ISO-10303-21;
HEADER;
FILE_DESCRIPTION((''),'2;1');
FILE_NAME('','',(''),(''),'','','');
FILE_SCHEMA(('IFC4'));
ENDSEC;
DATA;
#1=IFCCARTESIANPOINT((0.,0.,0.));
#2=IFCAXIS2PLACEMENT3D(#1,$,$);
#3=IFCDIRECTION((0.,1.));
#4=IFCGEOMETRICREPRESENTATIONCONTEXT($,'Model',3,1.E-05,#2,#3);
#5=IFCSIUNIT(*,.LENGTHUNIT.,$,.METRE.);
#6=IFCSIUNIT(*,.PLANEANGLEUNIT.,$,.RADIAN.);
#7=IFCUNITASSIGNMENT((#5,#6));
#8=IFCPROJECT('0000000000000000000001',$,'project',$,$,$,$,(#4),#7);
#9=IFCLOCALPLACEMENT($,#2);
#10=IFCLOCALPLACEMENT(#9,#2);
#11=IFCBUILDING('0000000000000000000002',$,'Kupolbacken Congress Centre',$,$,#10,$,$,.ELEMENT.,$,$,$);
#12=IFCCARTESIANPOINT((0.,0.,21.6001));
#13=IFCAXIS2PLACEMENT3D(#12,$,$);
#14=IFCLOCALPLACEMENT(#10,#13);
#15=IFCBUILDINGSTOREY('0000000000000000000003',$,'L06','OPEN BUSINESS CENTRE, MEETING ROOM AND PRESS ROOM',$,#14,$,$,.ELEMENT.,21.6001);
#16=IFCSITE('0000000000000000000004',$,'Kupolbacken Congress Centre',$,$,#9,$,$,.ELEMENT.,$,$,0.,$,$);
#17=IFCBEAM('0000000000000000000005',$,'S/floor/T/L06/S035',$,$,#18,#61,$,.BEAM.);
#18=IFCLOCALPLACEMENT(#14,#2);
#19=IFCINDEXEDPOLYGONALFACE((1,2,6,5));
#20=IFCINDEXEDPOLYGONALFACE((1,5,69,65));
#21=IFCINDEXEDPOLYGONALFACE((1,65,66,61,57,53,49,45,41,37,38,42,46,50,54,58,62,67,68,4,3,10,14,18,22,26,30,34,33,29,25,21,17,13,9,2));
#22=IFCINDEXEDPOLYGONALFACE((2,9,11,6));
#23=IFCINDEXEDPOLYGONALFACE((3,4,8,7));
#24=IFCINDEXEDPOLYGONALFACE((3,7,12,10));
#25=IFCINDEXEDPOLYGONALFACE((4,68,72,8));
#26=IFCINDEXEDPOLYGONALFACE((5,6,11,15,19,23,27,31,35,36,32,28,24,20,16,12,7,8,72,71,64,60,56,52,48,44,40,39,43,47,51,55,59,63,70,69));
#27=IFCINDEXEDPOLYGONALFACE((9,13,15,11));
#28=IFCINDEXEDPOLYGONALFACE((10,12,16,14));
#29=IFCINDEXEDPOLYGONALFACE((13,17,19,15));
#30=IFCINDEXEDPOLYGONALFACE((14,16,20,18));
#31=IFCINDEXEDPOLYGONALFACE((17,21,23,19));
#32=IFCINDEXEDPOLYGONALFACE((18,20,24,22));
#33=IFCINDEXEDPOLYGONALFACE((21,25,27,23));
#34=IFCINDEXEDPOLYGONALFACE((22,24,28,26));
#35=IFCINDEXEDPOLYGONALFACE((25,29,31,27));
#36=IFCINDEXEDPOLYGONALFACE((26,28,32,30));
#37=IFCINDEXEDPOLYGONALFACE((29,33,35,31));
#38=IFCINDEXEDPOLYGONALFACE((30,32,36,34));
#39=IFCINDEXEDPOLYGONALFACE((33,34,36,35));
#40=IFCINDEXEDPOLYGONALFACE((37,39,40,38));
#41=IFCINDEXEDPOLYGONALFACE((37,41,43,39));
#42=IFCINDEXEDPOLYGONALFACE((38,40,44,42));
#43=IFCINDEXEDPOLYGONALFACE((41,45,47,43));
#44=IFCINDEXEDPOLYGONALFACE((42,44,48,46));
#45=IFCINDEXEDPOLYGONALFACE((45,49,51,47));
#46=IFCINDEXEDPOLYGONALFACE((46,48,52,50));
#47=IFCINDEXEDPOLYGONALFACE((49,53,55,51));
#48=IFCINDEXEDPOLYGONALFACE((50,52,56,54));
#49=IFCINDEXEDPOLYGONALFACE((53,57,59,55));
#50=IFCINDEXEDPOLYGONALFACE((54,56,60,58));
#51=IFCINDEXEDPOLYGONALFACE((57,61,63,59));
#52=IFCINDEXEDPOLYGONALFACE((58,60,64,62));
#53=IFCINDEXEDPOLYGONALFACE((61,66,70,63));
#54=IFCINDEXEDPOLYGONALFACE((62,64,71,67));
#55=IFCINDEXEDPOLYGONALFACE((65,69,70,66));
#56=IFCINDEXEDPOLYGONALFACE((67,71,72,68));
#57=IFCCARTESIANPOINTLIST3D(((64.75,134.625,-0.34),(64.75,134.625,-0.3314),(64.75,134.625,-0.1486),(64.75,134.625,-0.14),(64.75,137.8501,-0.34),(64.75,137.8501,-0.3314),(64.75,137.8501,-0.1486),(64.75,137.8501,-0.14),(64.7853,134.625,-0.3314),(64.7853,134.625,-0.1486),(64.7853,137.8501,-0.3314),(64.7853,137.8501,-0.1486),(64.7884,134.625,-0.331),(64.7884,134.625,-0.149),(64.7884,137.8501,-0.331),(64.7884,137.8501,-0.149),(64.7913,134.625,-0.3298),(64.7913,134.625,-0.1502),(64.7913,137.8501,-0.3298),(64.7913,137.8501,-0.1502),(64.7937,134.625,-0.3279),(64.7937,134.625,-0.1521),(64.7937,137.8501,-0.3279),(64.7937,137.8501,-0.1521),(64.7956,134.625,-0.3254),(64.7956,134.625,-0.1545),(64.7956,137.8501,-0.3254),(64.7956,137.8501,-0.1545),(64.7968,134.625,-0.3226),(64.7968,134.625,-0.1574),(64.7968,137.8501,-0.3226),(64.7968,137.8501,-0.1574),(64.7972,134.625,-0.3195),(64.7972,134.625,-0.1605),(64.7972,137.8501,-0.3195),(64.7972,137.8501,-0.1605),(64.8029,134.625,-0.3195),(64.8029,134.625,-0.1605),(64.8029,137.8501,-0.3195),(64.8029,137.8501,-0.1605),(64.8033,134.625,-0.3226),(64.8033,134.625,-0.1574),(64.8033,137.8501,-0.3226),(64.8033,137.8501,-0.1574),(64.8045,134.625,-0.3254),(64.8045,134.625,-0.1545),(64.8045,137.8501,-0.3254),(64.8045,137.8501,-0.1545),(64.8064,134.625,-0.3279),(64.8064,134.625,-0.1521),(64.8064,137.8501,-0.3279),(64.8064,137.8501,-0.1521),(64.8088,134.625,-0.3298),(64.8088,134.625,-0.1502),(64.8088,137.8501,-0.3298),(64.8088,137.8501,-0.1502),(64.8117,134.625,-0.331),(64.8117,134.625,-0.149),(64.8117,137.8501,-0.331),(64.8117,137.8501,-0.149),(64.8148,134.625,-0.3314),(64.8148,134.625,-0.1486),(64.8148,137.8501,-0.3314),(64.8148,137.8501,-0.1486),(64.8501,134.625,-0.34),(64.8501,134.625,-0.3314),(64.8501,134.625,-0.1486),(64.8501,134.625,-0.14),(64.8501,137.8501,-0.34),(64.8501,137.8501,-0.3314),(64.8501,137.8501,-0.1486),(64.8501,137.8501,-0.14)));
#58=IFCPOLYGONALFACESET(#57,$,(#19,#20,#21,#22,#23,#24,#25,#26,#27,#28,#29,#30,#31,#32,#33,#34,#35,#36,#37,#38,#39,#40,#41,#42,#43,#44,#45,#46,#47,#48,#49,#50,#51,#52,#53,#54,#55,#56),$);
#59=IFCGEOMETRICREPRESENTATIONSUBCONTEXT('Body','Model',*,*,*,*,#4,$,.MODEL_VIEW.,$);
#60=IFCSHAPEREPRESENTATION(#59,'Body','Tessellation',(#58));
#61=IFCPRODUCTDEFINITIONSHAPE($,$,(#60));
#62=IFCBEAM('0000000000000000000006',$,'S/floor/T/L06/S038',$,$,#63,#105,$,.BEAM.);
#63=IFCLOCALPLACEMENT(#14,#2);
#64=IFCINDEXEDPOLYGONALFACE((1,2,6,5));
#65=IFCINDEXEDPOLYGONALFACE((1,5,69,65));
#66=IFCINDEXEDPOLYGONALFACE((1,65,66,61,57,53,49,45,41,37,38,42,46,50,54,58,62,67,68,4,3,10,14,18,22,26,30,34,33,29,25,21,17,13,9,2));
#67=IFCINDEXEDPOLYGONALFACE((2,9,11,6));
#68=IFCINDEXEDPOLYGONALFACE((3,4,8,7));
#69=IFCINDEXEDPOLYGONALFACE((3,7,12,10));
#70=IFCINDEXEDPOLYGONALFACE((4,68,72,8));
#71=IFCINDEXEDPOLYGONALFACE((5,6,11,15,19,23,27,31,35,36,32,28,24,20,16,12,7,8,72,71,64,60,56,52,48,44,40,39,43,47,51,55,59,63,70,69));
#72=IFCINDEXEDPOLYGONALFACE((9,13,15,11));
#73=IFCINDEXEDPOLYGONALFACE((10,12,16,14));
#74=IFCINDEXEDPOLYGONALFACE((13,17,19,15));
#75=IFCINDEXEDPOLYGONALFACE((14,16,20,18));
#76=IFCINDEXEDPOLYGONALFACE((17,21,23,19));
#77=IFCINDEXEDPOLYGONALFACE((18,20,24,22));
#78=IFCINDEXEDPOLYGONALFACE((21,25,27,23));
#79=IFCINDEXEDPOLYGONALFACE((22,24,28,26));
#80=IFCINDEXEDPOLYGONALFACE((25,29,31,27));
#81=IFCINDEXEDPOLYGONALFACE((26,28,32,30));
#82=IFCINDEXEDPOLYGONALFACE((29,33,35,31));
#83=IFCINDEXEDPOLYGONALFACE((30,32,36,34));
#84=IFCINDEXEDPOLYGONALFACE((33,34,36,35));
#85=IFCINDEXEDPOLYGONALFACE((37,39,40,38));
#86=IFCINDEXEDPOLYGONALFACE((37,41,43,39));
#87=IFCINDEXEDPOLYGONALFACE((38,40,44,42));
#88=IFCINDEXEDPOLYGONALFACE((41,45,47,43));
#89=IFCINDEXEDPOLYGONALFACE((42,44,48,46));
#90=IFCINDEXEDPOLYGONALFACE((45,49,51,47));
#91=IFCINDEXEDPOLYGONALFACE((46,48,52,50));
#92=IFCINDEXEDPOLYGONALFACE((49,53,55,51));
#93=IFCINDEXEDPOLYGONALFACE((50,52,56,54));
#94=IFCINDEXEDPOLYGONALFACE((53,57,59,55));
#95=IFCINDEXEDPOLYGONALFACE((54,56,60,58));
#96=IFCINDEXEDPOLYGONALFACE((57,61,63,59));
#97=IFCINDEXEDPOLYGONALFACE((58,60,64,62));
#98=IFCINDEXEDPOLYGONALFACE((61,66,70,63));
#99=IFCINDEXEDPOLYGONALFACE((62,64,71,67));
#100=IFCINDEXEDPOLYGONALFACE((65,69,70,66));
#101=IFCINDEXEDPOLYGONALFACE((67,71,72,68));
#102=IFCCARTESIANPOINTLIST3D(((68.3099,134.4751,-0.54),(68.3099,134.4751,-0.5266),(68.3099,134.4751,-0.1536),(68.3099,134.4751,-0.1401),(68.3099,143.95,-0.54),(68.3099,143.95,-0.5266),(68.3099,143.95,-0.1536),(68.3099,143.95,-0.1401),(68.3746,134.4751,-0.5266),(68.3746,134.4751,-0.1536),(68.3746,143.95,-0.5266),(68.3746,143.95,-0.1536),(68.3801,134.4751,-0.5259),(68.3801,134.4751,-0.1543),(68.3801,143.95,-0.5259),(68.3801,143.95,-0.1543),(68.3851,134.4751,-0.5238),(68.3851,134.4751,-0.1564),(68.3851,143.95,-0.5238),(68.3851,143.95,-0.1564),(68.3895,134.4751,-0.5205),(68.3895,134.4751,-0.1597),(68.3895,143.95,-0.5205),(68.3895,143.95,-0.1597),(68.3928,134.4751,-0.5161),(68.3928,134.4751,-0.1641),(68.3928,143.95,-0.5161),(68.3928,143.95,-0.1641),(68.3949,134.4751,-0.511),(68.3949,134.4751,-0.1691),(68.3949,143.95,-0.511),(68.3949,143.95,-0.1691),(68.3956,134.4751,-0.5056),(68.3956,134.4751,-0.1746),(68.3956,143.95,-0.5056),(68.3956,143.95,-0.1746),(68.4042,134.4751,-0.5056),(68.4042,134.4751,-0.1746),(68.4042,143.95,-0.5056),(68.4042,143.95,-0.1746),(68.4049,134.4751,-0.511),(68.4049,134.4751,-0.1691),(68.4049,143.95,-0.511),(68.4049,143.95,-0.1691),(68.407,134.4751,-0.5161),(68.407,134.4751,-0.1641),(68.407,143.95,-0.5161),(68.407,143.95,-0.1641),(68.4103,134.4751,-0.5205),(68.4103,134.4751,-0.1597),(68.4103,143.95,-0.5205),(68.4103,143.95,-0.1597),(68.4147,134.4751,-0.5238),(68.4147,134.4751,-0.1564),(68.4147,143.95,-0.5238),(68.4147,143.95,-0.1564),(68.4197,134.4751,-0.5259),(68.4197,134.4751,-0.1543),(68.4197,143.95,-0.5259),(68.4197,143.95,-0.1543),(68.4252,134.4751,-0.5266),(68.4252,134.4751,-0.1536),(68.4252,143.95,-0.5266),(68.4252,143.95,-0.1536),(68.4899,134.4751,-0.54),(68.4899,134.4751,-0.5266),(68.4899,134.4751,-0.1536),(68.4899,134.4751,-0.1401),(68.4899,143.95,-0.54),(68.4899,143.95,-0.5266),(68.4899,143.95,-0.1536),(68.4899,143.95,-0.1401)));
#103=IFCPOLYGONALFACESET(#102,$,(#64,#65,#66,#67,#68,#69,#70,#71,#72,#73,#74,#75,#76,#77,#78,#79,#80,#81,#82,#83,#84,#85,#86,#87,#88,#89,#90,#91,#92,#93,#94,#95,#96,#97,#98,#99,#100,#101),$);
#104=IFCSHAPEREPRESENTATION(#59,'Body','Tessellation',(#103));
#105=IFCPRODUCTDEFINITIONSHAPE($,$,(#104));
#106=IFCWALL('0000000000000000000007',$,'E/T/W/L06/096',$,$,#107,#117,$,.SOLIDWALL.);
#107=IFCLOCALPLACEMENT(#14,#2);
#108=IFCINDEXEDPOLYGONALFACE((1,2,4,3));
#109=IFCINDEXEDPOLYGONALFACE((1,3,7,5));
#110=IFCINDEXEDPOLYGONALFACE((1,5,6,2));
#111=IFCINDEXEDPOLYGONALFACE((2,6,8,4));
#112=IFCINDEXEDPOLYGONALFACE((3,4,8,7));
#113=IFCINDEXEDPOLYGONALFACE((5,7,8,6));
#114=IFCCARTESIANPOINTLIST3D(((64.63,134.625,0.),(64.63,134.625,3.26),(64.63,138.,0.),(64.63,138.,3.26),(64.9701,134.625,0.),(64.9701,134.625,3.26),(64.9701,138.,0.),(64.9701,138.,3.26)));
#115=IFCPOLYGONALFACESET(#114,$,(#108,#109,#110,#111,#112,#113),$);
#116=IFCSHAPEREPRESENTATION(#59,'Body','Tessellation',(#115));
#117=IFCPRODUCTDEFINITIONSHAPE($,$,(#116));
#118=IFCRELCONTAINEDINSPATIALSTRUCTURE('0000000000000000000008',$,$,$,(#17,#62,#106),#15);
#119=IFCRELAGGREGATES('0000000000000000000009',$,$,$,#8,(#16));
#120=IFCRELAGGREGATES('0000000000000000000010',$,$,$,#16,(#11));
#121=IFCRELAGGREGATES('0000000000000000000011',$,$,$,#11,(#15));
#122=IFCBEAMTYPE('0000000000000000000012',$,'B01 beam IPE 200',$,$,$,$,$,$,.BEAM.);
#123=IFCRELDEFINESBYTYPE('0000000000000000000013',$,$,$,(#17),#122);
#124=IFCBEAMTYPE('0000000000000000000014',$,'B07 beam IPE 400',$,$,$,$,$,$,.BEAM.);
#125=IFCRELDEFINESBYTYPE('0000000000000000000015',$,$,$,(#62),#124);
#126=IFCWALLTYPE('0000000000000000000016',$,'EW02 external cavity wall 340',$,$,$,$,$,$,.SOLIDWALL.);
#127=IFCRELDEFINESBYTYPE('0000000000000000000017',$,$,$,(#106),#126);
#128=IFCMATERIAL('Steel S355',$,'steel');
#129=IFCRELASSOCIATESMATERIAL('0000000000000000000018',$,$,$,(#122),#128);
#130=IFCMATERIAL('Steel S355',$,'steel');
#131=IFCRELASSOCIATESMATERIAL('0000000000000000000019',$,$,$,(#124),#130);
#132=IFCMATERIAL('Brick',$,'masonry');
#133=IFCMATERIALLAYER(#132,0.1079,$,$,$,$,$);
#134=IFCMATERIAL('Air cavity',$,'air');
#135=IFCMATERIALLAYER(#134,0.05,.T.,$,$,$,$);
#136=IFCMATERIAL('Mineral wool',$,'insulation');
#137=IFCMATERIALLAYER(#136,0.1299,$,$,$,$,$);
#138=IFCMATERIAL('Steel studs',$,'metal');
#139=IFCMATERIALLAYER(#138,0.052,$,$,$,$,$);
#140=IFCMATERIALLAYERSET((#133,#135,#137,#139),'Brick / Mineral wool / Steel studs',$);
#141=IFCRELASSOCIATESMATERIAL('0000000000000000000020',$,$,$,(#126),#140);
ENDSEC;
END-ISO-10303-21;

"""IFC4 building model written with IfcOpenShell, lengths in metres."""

from ifc_helpers import new_model, si_unit, direction, frame, frame_2d, origin, origin_2d, place, context, subcontext, project, spatial, rectangle, i_section, extrude, material, layer, layer_set, material_profile, profile_set, type_object, element, save


model = new_model("IFC4")

# Units and contexts
model_context = context("Model", 3, precision=1e-05, world=origin(), true_north=direction((0.0, 1.0)))
body_context = subcontext(model_context, "Body", "Model", "MODEL_VIEW")
ifc_project = project(units=[si_unit("LENGTHUNIT", "METRE"), si_unit("PLANEANGLEUNIT", "RADIAN")], contexts=[model_context])

# Site, building, storey
site_placement = place(None, origin())
site = spatial("IfcSite", under=ifc_project, at=site_placement, Name="Kupolbacken Congress Centre", CompositionType="ELEMENT", RefElevation=0.0)
building_placement = place(site_placement, origin())
building = spatial("IfcBuilding", under=site, at=building_placement, Name="Kupolbacken Congress Centre", CompositionType="ELEMENT")
storey_placement = place(building_placement, frame((0.0, 0.0, 21.6001)))
storey = spatial("IfcBuildingStorey", under=building, at=storey_placement, Name="L06", Description="OPEN BUSINESS CENTRE, MEETING ROOM AND PRESS ROOM", CompositionType="ELEMENT", Elevation=21.6001)

# Beams
ifc_material_1 = material(Name="Steel S355", Category="steel")
ifc_material_profile_1 = material_profile(ifc_material_1, i_section(OverallWidth=0.1001, OverallDepth=0.2, WebThickness=0.0056, FlangeThickness=0.0085, FilletRadius=0.012, at=origin_2d()), Name="IPE 200")
ifc_profile_set_1 = profile_set([ifc_material_profile_1], Name="Steel S355")
beam_type_1 = type_object("IfcBeamType", Name="B01 beam IPE 200", PredefinedType="BEAM", material=ifc_profile_set_1)
beam_1_placement = place(storey_placement, frame((64.8, 134.625, -0.24), z_axis=(0.0, 1.0, 0.0), x_axis=(-1.0, 0.0, 0.0)))
element("IfcBeam", 1, at=beam_1_placement, inside=storey, type_object=beam_type_1, Name="S/floor/T/L06/S035", PredefinedType="BEAM", context=body_context, shape_type="SweptSolid", body=[
    extrude(i_section(OverallWidth=0.1001, OverallDepth=0.2, WebThickness=0.0056, FlangeThickness=0.0085, FilletRadius=0.012, at=origin_2d()), origin(), (0.0, 0.0, 1.0), 3.2251),
])
ifc_material_2 = material(Name="Steel S355", Category="steel")
ifc_material_profile_2 = material_profile(ifc_material_2, i_section(OverallWidth=0.1799, OverallDepth=0.3999, WebThickness=0.0085, FlangeThickness=0.0134, FilletRadius=0.021, at=origin_2d()), Name="IPE 400")
ifc_profile_set_2 = profile_set([ifc_material_profile_2], Name="Steel S355")
beam_type_2 = type_object("IfcBeamType", Name="B07 beam IPE 400", PredefinedType="BEAM", material=ifc_profile_set_2)
beam_2_placement = place(storey_placement, frame((68.3999, 134.4751, -0.3401), z_axis=(0.0, 1.0, 0.0), x_axis=(-1.0, 0.0, 0.0)))
element("IfcBeam", 2, at=beam_2_placement, inside=storey, type_object=beam_type_2, Name="S/floor/T/L06/S038", PredefinedType="BEAM", context=body_context, shape_type="SweptSolid", body=[
    extrude(i_section(OverallWidth=0.1799, OverallDepth=0.3999, WebThickness=0.0085, FlangeThickness=0.0134, FilletRadius=0.021, at=origin_2d()), origin(), (0.0, 0.0, 1.0), 9.4749),
])

# Wall
ifc_material_3 = material(Name="Brick", Category="masonry")
ifc_layer_1 = layer(ifc_material_3, 0.1079)
ifc_material_4 = material(Name="Air cavity", Category="air")
ifc_layer_2 = layer(ifc_material_4, 0.05, ventilated=True)
ifc_material_5 = material(Name="Mineral wool", Category="insulation")
ifc_layer_3 = layer(ifc_material_5, 0.1299)
ifc_material_6 = material(Name="Steel studs", Category="metal")
ifc_layer_4 = layer(ifc_material_6, 0.052)
ifc_layer_set_1 = layer_set([ifc_layer_1, ifc_layer_2, ifc_layer_3, ifc_layer_4], Name="Brick / Mineral wool / Steel studs")
wall_type_1 = type_object("IfcWallType", Name="EW02 external cavity wall 340", PredefinedType="SOLIDWALL", material=ifc_layer_set_1)
wall_1_placement = place(storey_placement, frame((64.8, 138.0, 0.0), z_axis=(0.0, 0.0, 1.0), x_axis=(0.0, -1.0, 0.0)))
element("IfcWall", 3, at=wall_1_placement, inside=storey, type_object=wall_type_1, Name="E/T/W/L06/096", PredefinedType="SOLIDWALL", context=body_context, shape_type="SweptSolid", body=[
    extrude(rectangle(XDim=3.375, YDim=0.3401, at=frame_2d((1.6875, 0.0))), origin(), (0.0, 0.0, 1.0), 3.26),
])

save(model, "model.ifc")
